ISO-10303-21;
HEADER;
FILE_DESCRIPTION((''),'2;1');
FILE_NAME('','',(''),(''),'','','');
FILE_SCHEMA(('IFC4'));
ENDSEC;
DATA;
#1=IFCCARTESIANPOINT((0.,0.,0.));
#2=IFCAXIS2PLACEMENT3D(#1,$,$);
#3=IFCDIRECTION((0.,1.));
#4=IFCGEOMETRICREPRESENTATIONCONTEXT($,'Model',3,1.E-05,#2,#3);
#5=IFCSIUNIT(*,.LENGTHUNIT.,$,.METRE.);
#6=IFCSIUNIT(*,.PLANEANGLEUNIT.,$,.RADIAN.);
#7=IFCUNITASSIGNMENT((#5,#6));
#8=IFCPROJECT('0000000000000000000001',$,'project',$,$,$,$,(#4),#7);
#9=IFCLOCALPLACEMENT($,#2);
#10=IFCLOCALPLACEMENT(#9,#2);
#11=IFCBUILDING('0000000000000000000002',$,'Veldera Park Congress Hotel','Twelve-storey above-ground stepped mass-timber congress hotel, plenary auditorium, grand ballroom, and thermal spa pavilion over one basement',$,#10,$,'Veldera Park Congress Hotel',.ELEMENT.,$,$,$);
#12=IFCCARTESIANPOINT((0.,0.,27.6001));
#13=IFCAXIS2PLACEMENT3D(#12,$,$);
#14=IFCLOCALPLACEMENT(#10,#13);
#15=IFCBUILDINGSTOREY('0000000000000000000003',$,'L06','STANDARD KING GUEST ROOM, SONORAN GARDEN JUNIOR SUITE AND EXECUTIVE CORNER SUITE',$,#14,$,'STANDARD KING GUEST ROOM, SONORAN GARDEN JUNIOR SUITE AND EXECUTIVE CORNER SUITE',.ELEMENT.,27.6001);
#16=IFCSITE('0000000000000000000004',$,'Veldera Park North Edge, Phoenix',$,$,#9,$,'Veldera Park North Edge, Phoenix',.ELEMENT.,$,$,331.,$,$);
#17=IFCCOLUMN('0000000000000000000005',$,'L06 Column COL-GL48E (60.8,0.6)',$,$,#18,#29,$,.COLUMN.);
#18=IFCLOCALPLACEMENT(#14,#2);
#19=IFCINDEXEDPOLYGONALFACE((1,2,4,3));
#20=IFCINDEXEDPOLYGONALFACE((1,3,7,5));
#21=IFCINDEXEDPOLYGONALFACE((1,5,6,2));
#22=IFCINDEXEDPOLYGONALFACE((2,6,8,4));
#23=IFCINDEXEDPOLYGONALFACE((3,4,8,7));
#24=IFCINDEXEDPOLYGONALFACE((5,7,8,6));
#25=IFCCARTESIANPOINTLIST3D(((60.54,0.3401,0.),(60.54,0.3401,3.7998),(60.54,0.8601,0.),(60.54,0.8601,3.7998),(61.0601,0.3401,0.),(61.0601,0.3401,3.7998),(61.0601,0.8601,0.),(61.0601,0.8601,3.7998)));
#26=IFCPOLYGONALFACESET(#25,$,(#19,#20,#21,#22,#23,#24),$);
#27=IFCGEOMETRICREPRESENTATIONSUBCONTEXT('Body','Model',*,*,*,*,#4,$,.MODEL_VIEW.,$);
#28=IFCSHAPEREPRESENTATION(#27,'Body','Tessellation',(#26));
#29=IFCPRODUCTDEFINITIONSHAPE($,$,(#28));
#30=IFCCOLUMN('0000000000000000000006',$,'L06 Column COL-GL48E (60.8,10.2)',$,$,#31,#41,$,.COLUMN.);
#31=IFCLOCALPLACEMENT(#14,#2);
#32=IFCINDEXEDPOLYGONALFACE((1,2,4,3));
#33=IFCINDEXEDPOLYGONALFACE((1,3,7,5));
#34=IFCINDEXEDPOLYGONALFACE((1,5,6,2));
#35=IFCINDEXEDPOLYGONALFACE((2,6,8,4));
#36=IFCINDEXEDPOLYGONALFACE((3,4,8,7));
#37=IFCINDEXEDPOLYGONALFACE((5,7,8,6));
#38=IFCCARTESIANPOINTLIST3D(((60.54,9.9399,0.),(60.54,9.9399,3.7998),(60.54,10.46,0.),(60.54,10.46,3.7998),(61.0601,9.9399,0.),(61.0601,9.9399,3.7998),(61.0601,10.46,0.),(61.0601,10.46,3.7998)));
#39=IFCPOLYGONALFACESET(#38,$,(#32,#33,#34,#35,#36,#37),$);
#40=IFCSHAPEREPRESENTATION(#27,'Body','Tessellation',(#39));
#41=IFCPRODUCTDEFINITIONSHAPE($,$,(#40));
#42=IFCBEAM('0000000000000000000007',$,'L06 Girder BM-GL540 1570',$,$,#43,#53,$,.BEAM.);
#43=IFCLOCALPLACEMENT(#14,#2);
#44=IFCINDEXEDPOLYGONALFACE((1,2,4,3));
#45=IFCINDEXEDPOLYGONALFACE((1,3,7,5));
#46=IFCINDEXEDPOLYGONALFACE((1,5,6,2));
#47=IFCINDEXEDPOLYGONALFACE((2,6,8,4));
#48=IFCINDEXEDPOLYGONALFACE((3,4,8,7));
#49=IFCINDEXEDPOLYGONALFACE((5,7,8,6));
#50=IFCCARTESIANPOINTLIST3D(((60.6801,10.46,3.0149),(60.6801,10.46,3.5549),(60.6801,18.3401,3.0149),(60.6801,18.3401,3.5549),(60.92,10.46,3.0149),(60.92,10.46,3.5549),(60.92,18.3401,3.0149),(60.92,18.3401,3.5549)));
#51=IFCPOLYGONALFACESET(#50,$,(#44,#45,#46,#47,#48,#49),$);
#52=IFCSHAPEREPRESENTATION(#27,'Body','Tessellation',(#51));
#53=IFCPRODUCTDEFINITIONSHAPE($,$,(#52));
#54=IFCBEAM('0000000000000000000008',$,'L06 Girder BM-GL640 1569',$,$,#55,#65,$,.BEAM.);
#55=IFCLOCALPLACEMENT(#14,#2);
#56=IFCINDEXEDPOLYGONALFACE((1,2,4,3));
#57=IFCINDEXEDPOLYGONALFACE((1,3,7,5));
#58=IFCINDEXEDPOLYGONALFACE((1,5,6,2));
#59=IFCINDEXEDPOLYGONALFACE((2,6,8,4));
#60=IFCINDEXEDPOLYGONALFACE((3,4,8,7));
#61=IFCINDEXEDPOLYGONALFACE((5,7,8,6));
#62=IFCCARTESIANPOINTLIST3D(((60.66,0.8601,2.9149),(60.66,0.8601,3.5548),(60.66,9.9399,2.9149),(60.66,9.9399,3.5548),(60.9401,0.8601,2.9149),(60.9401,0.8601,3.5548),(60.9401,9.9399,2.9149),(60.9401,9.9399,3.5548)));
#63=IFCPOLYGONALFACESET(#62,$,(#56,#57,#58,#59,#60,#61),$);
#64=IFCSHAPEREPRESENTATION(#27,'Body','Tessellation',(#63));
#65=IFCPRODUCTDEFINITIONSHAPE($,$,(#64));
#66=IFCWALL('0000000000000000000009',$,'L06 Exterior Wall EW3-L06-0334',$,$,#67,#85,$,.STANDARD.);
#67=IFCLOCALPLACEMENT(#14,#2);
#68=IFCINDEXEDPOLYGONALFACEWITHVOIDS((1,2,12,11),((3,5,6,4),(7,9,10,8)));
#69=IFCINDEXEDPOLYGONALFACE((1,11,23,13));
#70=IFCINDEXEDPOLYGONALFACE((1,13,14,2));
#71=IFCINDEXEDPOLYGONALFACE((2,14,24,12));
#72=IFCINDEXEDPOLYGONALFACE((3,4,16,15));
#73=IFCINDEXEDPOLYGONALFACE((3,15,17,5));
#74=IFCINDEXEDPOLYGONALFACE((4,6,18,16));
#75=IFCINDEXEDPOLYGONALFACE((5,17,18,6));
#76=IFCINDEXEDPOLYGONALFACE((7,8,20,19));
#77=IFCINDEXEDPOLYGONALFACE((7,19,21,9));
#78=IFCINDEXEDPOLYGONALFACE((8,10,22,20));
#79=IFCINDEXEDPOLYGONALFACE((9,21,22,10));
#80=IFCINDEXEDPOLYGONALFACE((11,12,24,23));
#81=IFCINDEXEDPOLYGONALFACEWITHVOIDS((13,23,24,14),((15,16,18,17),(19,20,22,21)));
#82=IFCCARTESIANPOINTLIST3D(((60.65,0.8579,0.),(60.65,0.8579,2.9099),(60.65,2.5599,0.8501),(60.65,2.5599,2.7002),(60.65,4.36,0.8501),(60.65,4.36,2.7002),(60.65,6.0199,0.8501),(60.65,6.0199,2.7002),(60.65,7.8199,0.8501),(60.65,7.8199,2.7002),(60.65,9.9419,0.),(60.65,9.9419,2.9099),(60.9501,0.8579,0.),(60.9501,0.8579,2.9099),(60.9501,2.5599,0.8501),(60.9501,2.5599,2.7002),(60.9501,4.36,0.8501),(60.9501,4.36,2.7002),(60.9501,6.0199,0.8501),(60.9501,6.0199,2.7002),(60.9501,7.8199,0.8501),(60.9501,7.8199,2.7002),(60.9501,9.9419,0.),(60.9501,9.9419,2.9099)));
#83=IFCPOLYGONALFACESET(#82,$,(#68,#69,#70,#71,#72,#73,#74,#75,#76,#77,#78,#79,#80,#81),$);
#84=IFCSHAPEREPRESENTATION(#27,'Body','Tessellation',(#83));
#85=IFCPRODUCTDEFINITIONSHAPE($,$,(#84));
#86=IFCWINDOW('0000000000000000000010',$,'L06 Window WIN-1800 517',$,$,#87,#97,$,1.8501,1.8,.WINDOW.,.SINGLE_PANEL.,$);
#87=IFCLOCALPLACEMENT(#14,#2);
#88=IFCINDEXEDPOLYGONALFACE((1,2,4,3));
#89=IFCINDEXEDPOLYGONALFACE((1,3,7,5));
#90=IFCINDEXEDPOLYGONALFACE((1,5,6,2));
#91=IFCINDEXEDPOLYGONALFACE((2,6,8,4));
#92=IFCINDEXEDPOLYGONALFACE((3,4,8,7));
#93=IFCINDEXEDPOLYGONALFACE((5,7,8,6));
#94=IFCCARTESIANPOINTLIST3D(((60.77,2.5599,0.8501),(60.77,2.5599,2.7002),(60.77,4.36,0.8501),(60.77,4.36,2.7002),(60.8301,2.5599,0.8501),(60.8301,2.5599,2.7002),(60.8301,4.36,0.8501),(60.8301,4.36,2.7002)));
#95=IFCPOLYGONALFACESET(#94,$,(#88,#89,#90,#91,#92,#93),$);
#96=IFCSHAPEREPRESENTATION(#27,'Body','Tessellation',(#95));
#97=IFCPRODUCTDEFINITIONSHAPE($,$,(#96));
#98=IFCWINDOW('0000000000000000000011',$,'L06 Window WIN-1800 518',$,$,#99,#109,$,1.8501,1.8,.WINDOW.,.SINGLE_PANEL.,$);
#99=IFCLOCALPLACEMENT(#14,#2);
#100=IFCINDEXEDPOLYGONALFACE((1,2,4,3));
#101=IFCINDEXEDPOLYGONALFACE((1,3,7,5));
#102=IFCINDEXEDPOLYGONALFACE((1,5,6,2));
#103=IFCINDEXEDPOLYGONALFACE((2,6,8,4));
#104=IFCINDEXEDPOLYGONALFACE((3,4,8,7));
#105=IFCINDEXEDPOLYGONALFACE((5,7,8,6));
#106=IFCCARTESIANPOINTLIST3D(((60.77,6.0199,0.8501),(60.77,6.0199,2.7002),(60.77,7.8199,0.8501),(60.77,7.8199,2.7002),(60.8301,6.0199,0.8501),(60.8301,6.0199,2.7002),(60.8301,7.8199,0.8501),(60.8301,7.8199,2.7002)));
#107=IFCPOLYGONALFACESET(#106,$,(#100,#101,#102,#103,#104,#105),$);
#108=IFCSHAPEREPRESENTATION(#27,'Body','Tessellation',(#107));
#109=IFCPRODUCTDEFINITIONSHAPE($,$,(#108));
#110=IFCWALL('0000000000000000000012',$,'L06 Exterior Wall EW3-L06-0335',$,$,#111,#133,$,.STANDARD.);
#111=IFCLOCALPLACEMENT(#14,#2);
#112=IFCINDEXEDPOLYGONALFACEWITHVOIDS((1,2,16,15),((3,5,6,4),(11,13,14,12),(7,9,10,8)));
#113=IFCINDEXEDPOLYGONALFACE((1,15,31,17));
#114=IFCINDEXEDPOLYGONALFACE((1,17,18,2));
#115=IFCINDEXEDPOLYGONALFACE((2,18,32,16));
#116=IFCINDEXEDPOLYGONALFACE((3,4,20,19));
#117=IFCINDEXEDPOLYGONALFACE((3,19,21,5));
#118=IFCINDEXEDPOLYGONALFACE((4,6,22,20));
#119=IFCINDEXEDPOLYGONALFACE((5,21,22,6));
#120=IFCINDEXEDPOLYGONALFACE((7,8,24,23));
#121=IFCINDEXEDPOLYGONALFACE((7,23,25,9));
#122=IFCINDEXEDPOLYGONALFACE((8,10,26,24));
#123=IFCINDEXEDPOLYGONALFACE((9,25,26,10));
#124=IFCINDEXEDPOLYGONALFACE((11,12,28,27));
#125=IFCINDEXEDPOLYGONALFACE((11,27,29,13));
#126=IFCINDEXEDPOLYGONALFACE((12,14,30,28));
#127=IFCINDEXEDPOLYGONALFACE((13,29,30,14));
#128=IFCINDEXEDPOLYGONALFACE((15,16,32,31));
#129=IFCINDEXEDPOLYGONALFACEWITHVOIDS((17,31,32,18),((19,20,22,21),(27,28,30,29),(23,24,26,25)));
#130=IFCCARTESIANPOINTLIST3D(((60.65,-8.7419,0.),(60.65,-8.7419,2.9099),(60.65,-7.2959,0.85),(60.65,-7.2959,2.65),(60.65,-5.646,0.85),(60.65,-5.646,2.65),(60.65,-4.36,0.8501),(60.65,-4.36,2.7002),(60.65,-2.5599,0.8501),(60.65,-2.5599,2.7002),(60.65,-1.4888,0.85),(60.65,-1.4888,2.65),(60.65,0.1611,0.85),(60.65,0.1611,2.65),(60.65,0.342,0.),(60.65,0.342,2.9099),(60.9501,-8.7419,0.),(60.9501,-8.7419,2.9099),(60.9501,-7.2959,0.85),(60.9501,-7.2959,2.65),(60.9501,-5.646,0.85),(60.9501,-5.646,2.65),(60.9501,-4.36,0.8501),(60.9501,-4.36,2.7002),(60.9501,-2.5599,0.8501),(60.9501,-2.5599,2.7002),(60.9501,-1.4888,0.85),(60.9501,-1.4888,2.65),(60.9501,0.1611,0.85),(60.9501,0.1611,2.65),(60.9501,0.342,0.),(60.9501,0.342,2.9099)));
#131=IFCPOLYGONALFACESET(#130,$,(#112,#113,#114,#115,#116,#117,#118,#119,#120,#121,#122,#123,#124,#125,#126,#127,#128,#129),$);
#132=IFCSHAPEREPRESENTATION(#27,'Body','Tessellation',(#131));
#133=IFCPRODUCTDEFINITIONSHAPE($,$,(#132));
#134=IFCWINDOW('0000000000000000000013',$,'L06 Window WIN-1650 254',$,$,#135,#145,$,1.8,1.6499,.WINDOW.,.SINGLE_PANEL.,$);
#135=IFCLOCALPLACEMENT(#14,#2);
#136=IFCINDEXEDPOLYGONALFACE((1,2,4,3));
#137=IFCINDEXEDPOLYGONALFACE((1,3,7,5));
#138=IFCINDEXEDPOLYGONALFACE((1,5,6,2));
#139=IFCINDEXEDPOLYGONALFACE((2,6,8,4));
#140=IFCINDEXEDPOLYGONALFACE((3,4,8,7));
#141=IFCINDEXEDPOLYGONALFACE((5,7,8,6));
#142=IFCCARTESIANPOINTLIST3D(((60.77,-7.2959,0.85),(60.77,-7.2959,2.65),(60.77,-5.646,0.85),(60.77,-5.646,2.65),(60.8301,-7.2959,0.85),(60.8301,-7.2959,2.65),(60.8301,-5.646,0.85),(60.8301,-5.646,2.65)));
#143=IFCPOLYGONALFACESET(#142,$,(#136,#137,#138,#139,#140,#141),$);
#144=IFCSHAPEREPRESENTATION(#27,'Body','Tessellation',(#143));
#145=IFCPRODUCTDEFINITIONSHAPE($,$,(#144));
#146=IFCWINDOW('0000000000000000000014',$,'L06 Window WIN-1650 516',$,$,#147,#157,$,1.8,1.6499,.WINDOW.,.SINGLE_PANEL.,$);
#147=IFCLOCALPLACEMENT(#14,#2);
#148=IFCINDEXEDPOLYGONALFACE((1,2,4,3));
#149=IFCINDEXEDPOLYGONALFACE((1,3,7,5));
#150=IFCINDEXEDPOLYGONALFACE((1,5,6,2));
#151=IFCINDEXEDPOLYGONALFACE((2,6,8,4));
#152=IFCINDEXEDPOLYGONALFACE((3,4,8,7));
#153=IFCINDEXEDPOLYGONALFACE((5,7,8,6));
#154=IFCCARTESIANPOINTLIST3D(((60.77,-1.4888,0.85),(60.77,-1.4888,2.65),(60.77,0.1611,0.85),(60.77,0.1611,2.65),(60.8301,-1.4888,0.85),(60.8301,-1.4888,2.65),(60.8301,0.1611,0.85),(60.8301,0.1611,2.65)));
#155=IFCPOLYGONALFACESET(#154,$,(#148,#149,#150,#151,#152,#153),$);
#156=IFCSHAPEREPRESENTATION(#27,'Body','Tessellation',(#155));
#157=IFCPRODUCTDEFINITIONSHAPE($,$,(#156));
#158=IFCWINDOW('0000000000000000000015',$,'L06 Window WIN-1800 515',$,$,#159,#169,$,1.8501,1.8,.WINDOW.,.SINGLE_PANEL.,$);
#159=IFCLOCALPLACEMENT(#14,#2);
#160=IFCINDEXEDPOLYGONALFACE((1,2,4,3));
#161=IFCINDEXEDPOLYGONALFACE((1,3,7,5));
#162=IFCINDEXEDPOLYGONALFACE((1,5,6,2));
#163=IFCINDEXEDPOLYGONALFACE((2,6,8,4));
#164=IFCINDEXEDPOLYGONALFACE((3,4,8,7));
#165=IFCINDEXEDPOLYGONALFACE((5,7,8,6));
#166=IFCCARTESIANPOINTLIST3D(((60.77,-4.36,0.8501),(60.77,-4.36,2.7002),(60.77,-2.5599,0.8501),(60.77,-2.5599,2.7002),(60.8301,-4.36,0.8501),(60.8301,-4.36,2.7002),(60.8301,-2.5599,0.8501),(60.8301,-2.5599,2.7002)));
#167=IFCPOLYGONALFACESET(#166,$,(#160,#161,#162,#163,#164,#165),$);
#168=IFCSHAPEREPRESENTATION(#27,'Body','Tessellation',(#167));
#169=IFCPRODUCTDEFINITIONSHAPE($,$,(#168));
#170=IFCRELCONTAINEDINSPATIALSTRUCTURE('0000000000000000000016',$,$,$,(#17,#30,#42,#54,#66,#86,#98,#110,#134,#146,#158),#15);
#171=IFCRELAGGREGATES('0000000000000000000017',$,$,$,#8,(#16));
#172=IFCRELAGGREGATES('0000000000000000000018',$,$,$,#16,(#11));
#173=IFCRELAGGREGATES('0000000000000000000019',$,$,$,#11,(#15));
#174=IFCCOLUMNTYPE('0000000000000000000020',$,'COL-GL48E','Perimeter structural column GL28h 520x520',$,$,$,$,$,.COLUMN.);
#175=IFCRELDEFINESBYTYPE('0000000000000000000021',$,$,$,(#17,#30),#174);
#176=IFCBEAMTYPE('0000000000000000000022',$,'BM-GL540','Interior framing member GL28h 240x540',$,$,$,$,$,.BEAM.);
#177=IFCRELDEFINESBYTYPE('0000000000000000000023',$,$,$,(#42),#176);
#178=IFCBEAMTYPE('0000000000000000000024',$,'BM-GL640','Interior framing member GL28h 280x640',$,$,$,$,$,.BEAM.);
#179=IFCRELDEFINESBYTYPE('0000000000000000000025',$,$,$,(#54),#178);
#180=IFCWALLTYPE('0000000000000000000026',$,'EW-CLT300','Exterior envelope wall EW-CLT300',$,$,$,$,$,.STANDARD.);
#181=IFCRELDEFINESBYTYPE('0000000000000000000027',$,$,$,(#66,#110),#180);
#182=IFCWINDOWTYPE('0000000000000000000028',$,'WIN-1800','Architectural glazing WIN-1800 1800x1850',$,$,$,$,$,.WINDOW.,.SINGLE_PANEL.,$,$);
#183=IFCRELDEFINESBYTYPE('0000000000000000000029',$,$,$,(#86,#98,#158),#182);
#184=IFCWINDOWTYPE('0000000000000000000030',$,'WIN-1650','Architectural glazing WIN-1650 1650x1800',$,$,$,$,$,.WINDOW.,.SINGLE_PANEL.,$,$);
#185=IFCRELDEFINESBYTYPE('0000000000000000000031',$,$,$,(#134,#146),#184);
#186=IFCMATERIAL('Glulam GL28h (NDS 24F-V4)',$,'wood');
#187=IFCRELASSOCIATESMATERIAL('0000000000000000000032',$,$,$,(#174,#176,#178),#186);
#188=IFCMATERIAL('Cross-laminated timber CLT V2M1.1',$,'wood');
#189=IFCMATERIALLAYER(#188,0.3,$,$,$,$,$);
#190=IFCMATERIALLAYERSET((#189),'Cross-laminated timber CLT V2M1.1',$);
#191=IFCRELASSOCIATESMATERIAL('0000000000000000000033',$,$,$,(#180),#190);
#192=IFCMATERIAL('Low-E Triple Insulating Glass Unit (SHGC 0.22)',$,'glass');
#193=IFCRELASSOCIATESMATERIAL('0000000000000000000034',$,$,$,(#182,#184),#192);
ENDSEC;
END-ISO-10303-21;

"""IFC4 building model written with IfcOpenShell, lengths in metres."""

from ifc_helpers import new_model, si_unit, direction, frame, frame_2d, origin, origin_2d, place, context, subcontext, project, spatial, rectangle, extrude, material, layer, layer_set, material_profile, profile_set, type_object, element, fill, save


model = new_model("IFC4")

# Units and contexts
model_context = context("Model", 3, precision=1e-05, world=origin(), true_north=direction((0.0, 1.0)))
body_context = subcontext(model_context, "Body", "Model", "MODEL_VIEW")
ifc_project = project(units=[si_unit("LENGTHUNIT", "METRE"), si_unit("PLANEANGLEUNIT", "RADIAN")], contexts=[model_context])

# Site, building, storey
site_placement = place(None, origin())
site = spatial("IfcSite", under=ifc_project, at=site_placement, Name="Veldera Park North Edge, Phoenix", LongName="Veldera Park North Edge, Phoenix", CompositionType="ELEMENT", RefElevation=331.0)
building_placement = place(site_placement, origin())
building = spatial("IfcBuilding", under=site, at=building_placement, Name="Veldera Park Congress Hotel", Description="Twelve-storey above-ground stepped mass-timber congress hotel, plenary auditorium, grand ballroom, and thermal spa pavilion over one basement", LongName="Veldera Park Congress Hotel", CompositionType="ELEMENT")
storey_placement = place(building_placement, frame((0.0, 0.0, 27.6001)))
storey = spatial("IfcBuildingStorey", under=building, at=storey_placement, Name="L06", Description="STANDARD KING GUEST ROOM, SONORAN GARDEN JUNIOR SUITE AND EXECUTIVE CORNER SUITE", LongName="STANDARD KING GUEST ROOM, SONORAN GARDEN JUNIOR SUITE AND EXECUTIVE CORNER SUITE", CompositionType="ELEMENT", Elevation=27.6001)

# Columns
ifc_material_1 = material(Name="Glulam GL28h (NDS 24F-V4)", Category="wood")
ifc_material_profile_1 = material_profile(ifc_material_1, rectangle(XDim=0.52, YDim=0.52, at=origin_2d()), Name="GL28h 520x520")
ifc_profile_set_1 = profile_set([ifc_material_profile_1], Name="Glulam GL28h (NDS 24F-V4)")
column_type = type_object("IfcColumnType", Name="COL-GL48E", Description="Perimeter structural column GL28h 520x520", PredefinedType="COLUMN", material=ifc_profile_set_1)
for number, where, z_axis, x_axis, name in (
    (1, (60.8, 0.6001, 0.0), (0.0, 0.0, 1.0), (1.0, 0.0, 0.0), "L06 Column COL-GL48E (60.8,0.6)"),
    (2, (60.8, 10.2, 0.0), (0.0, 0.0, 1.0), (1.0, 0.0, 0.0), "L06 Column COL-GL48E (60.8,10.2)"),
):
    element("IfcColumn", number, at=place(storey_placement, frame(where, z_axis=z_axis, x_axis=x_axis)), inside=storey, type_object=column_type, Name=name, PredefinedType="COLUMN", context=body_context, shape_type="SweptSolid", body=[
        extrude(rectangle(XDim=0.52, YDim=0.52, at=origin_2d()), origin(), (0.0, 0.0, 1.0), 3.7998),
    ])

# Beams
ifc_material_profile_2 = material_profile(ifc_material_1, rectangle(XDim=0.24, YDim=0.54, at=origin_2d()), Name="GL28h 240x540")
ifc_profile_set_2 = profile_set([ifc_material_profile_2], Name="Glulam GL28h (NDS 24F-V4)")
beam_type_1 = type_object("IfcBeamType", Name="BM-GL540", Description="Interior framing member GL28h 240x540", PredefinedType="BEAM", material=ifc_profile_set_2)
beam_1_placement = place(storey_placement, frame((60.8, 10.46, 3.2849), z_axis=(0.0, 1.0, 0.0), x_axis=(-1.0, 0.0, 0.0)))
element("IfcBeam", 3, at=beam_1_placement, inside=storey, type_object=beam_type_1, Name="L06 Girder BM-GL540 1570", PredefinedType="BEAM", context=body_context, shape_type="SweptSolid", body=[
    extrude(rectangle(XDim=0.24, YDim=0.54, at=origin_2d()), origin(), (0.0, 0.0, 1.0), 7.8801),
])
ifc_material_profile_3 = material_profile(ifc_material_1, rectangle(XDim=0.28, YDim=0.6399, at=origin_2d()), Name="GL28h 280x640")
ifc_profile_set_3 = profile_set([ifc_material_profile_3], Name="Glulam GL28h (NDS 24F-V4)")
beam_type_2 = type_object("IfcBeamType", Name="BM-GL640", Description="Interior framing member GL28h 280x640", PredefinedType="BEAM", material=ifc_profile_set_3)
beam_2_placement = place(storey_placement, frame((60.8, 0.8601, 3.2349), z_axis=(0.0, 1.0, 0.0), x_axis=(-1.0, 0.0, 0.0)))
element("IfcBeam", 4, at=beam_2_placement, inside=storey, type_object=beam_type_2, Name="L06 Girder BM-GL640 1569", PredefinedType="BEAM", context=body_context, shape_type="SweptSolid", body=[
    extrude(rectangle(XDim=0.28, YDim=0.6399, at=origin_2d()), origin(), (0.0, 0.0, 1.0), 9.0798),
])

# Walls, openings, windows
ifc_material_2 = material(Name="Cross-laminated timber CLT V2M1.1", Category="wood")
ifc_layer_1 = layer(ifc_material_2, 0.3)
ifc_layer_set_1 = layer_set([ifc_layer_1], Name="Cross-laminated timber CLT V2M1.1")
wall_type_1 = type_object("IfcWallType", Name="EW-CLT300", Description="Exterior envelope wall EW-CLT300", PredefinedType="STANDARD", material=ifc_layer_set_1)
wall_1_placement = place(storey_placement, frame((60.8, 9.9419, 0.0), z_axis=(0.0, 0.0, 1.0), x_axis=(0.0, -1.0, 0.0)))
wall_1 = element("IfcWall", 5, at=wall_1_placement, inside=storey, type_object=wall_type_1, Name="L06 Exterior Wall EW3-L06-0334", PredefinedType="STANDARD", context=body_context, shape_type="SweptSolid", body=[
    extrude(rectangle(XDim=9.084, YDim=0.3, at=frame_2d((4.542, 0.0))), origin(), (0.0, 0.0, 1.0), 2.9099),
])
opening_1_placement = place(wall_1_placement, frame((5.582, 0.0, 0.8501)))
opening_1 = element("IfcOpeningElement", 6, at=opening_1_placement, cuts=wall_1, PredefinedType="OPENING", context=body_context, shape_type="SweptSolid", body=[
    extrude(rectangle(XDim=1.8, YDim=1.8501, at=frame_2d((0.8999, 0.925))), frame((0.0, 0.1621, 0.0), z_axis=(0.0, -1.0, 0.0), x_axis=(1.0, 0.0, 0.0)), (0.0, 0.0, 1.0), 0.324),
])
opening_2_placement = place(wall_1_placement, frame((2.1221, 0.0, 0.8501)))
opening_2 = element("IfcOpeningElement", 7, at=opening_2_placement, cuts=wall_1, PredefinedType="OPENING", context=body_context, shape_type="SweptSolid", body=[
    extrude(rectangle(XDim=1.8, YDim=1.8501, at=frame_2d((0.8999, 0.925))), frame((0.0, 0.1621, 0.0), z_axis=(0.0, -1.0, 0.0), x_axis=(1.0, 0.0, 0.0)), (0.0, 0.0, 1.0), 0.324),
])
ifc_material_3 = material(Name="Low-E Triple Insulating Glass Unit (SHGC 0.22)", Category="glass")
window_type_1 = type_object("IfcWindowType", Name="WIN-1800", Description="Architectural glazing WIN-1800 1800x1850", PartitioningType="SINGLE_PANEL", PredefinedType="WINDOW", material=ifc_material_3)
window_1_placement = place(opening_1_placement, origin())
window_1 = element("IfcWindow", 8, at=window_1_placement, inside=storey, type_object=window_type_1, Name="L06 Window WIN-1800 517", OverallHeight=1.8501, OverallWidth=1.8, PartitioningType="SINGLE_PANEL", PredefinedType="WINDOW", context=body_context, shape_type="SweptSolid", body=[
    extrude(rectangle(XDim=1.8, YDim=1.8501, at=frame_2d((0.8999, 0.925))), frame((0.0, 0.03, 0.0), z_axis=(0.0, -1.0, 0.0), x_axis=(1.0, 0.0, 0.0)), (0.0, 0.0, 1.0), 0.0601),
])
fill(opening_1, window_1)
window_2_placement = place(opening_2_placement, origin())
window_2 = element("IfcWindow", 9, at=window_2_placement, inside=storey, type_object=window_type_1, Name="L06 Window WIN-1800 518", OverallHeight=1.8501, OverallWidth=1.8, PartitioningType="SINGLE_PANEL", PredefinedType="WINDOW", context=body_context, shape_type="SweptSolid", body=[
    extrude(rectangle(XDim=1.8, YDim=1.8501, at=frame_2d((0.8999, 0.925))), frame((0.0, 0.03, 0.0), z_axis=(0.0, -1.0, 0.0), x_axis=(1.0, 0.0, 0.0)), (0.0, 0.0, 1.0), 0.0601),
])
fill(opening_2, window_2)
wall_2_placement = place(storey_placement, frame((60.8, 0.342, 0.0), z_axis=(0.0, 0.0, 1.0), x_axis=(0.0, -1.0, 0.0)))
wall_2 = element("IfcWall", 10, at=wall_2_placement, inside=storey, type_object=wall_type_1, Name="L06 Exterior Wall EW3-L06-0335", PredefinedType="STANDARD", context=body_context, shape_type="SweptSolid", body=[
    extrude(rectangle(XDim=9.084, YDim=0.3, at=frame_2d((4.542, 0.0))), origin(), (0.0, 0.0, 1.0), 2.9099),
])
opening_3_placement = place(wall_2_placement, frame((5.988, 0.0, 0.8501)))
opening_3 = element("IfcOpeningElement", 11, at=opening_3_placement, cuts=wall_2, PredefinedType="OPENING", context=body_context, shape_type="SweptSolid", body=[
    extrude(rectangle(XDim=1.6499, YDim=1.8, at=frame_2d((0.825, 0.8999))), frame((0.0, 0.1621, 0.0), z_axis=(0.0, -1.0, 0.0), x_axis=(1.0, 0.0, 0.0)), (0.0, 0.0, 1.0), 0.324),
])
opening_4_placement = place(wall_2_placement, frame((2.9021, 0.0, 0.8501)))
opening_4 = element("IfcOpeningElement", 12, at=opening_4_placement, cuts=wall_2, PredefinedType="OPENING", context=body_context, shape_type="SweptSolid", body=[
    extrude(rectangle(XDim=1.8, YDim=1.8501, at=frame_2d((0.8999, 0.925))), frame((0.0, 0.1621, 0.0), z_axis=(0.0, -1.0, 0.0), x_axis=(1.0, 0.0, 0.0)), (0.0, 0.0, 1.0), 0.324),
])
opening_5_placement = place(wall_2_placement, frame((0.1809, 0.0, 0.8501)))
opening_5 = element("IfcOpeningElement", 13, at=opening_5_placement, cuts=wall_2, PredefinedType="OPENING", context=body_context, shape_type="SweptSolid", body=[
    extrude(rectangle(XDim=1.6499, YDim=1.8, at=frame_2d((0.825, 0.8999))), frame((0.0, 0.1621, 0.0), z_axis=(0.0, -1.0, 0.0), x_axis=(1.0, 0.0, 0.0)), (0.0, 0.0, 1.0), 0.324),
])
window_type_2 = type_object("IfcWindowType", Name="WIN-1650", Description="Architectural glazing WIN-1650 1650x1800", PartitioningType="SINGLE_PANEL", PredefinedType="WINDOW", material=ifc_material_3)
window_3_placement = place(opening_3_placement, origin())
window_3 = element("IfcWindow", 14, at=window_3_placement, inside=storey, type_object=window_type_2, Name="L06 Window WIN-1650 254", OverallHeight=1.8, OverallWidth=1.6499, PartitioningType="SINGLE_PANEL", PredefinedType="WINDOW", context=body_context, shape_type="SweptSolid", body=[
    extrude(rectangle(XDim=1.6499, YDim=1.8, at=frame_2d((0.825, 0.8999))), frame((0.0, 0.03, 0.0), z_axis=(0.0, -1.0, 0.0), x_axis=(1.0, 0.0, 0.0)), (0.0, 0.0, 1.0), 0.0601),
])
fill(opening_3, window_3)
window_4_placement = place(opening_5_placement, origin())
window_4 = element("IfcWindow", 15, at=window_4_placement, inside=storey, type_object=window_type_2, Name="L06 Window WIN-1650 516", OverallHeight=1.8, OverallWidth=1.6499, PartitioningType="SINGLE_PANEL", PredefinedType="WINDOW", context=body_context, shape_type="SweptSolid", body=[
    extrude(rectangle(XDim=1.6499, YDim=1.8, at=frame_2d((0.825, 0.8999))), frame((0.0, 0.03, 0.0), z_axis=(0.0, -1.0, 0.0), x_axis=(1.0, 0.0, 0.0)), (0.0, 0.0, 1.0), 0.0601),
])
fill(opening_5, window_4)
window_5_placement = place(opening_4_placement, origin())
window_5 = element("IfcWindow", 16, at=window_5_placement, inside=storey, type_object=window_type_1, Name="L06 Window WIN-1800 515", OverallHeight=1.8501, OverallWidth=1.8, PartitioningType="SINGLE_PANEL", PredefinedType="WINDOW", context=body_context, shape_type="SweptSolid", body=[
    extrude(rectangle(XDim=1.8, YDim=1.8501, at=frame_2d((0.8999, 0.925))), frame((0.0, 0.03, 0.0), z_axis=(0.0, -1.0, 0.0), x_axis=(1.0, 0.0, 0.0)), (0.0, 0.0, 1.0), 0.0601),
])
fill(opening_4, window_5)

save(model, "model.ifc")
